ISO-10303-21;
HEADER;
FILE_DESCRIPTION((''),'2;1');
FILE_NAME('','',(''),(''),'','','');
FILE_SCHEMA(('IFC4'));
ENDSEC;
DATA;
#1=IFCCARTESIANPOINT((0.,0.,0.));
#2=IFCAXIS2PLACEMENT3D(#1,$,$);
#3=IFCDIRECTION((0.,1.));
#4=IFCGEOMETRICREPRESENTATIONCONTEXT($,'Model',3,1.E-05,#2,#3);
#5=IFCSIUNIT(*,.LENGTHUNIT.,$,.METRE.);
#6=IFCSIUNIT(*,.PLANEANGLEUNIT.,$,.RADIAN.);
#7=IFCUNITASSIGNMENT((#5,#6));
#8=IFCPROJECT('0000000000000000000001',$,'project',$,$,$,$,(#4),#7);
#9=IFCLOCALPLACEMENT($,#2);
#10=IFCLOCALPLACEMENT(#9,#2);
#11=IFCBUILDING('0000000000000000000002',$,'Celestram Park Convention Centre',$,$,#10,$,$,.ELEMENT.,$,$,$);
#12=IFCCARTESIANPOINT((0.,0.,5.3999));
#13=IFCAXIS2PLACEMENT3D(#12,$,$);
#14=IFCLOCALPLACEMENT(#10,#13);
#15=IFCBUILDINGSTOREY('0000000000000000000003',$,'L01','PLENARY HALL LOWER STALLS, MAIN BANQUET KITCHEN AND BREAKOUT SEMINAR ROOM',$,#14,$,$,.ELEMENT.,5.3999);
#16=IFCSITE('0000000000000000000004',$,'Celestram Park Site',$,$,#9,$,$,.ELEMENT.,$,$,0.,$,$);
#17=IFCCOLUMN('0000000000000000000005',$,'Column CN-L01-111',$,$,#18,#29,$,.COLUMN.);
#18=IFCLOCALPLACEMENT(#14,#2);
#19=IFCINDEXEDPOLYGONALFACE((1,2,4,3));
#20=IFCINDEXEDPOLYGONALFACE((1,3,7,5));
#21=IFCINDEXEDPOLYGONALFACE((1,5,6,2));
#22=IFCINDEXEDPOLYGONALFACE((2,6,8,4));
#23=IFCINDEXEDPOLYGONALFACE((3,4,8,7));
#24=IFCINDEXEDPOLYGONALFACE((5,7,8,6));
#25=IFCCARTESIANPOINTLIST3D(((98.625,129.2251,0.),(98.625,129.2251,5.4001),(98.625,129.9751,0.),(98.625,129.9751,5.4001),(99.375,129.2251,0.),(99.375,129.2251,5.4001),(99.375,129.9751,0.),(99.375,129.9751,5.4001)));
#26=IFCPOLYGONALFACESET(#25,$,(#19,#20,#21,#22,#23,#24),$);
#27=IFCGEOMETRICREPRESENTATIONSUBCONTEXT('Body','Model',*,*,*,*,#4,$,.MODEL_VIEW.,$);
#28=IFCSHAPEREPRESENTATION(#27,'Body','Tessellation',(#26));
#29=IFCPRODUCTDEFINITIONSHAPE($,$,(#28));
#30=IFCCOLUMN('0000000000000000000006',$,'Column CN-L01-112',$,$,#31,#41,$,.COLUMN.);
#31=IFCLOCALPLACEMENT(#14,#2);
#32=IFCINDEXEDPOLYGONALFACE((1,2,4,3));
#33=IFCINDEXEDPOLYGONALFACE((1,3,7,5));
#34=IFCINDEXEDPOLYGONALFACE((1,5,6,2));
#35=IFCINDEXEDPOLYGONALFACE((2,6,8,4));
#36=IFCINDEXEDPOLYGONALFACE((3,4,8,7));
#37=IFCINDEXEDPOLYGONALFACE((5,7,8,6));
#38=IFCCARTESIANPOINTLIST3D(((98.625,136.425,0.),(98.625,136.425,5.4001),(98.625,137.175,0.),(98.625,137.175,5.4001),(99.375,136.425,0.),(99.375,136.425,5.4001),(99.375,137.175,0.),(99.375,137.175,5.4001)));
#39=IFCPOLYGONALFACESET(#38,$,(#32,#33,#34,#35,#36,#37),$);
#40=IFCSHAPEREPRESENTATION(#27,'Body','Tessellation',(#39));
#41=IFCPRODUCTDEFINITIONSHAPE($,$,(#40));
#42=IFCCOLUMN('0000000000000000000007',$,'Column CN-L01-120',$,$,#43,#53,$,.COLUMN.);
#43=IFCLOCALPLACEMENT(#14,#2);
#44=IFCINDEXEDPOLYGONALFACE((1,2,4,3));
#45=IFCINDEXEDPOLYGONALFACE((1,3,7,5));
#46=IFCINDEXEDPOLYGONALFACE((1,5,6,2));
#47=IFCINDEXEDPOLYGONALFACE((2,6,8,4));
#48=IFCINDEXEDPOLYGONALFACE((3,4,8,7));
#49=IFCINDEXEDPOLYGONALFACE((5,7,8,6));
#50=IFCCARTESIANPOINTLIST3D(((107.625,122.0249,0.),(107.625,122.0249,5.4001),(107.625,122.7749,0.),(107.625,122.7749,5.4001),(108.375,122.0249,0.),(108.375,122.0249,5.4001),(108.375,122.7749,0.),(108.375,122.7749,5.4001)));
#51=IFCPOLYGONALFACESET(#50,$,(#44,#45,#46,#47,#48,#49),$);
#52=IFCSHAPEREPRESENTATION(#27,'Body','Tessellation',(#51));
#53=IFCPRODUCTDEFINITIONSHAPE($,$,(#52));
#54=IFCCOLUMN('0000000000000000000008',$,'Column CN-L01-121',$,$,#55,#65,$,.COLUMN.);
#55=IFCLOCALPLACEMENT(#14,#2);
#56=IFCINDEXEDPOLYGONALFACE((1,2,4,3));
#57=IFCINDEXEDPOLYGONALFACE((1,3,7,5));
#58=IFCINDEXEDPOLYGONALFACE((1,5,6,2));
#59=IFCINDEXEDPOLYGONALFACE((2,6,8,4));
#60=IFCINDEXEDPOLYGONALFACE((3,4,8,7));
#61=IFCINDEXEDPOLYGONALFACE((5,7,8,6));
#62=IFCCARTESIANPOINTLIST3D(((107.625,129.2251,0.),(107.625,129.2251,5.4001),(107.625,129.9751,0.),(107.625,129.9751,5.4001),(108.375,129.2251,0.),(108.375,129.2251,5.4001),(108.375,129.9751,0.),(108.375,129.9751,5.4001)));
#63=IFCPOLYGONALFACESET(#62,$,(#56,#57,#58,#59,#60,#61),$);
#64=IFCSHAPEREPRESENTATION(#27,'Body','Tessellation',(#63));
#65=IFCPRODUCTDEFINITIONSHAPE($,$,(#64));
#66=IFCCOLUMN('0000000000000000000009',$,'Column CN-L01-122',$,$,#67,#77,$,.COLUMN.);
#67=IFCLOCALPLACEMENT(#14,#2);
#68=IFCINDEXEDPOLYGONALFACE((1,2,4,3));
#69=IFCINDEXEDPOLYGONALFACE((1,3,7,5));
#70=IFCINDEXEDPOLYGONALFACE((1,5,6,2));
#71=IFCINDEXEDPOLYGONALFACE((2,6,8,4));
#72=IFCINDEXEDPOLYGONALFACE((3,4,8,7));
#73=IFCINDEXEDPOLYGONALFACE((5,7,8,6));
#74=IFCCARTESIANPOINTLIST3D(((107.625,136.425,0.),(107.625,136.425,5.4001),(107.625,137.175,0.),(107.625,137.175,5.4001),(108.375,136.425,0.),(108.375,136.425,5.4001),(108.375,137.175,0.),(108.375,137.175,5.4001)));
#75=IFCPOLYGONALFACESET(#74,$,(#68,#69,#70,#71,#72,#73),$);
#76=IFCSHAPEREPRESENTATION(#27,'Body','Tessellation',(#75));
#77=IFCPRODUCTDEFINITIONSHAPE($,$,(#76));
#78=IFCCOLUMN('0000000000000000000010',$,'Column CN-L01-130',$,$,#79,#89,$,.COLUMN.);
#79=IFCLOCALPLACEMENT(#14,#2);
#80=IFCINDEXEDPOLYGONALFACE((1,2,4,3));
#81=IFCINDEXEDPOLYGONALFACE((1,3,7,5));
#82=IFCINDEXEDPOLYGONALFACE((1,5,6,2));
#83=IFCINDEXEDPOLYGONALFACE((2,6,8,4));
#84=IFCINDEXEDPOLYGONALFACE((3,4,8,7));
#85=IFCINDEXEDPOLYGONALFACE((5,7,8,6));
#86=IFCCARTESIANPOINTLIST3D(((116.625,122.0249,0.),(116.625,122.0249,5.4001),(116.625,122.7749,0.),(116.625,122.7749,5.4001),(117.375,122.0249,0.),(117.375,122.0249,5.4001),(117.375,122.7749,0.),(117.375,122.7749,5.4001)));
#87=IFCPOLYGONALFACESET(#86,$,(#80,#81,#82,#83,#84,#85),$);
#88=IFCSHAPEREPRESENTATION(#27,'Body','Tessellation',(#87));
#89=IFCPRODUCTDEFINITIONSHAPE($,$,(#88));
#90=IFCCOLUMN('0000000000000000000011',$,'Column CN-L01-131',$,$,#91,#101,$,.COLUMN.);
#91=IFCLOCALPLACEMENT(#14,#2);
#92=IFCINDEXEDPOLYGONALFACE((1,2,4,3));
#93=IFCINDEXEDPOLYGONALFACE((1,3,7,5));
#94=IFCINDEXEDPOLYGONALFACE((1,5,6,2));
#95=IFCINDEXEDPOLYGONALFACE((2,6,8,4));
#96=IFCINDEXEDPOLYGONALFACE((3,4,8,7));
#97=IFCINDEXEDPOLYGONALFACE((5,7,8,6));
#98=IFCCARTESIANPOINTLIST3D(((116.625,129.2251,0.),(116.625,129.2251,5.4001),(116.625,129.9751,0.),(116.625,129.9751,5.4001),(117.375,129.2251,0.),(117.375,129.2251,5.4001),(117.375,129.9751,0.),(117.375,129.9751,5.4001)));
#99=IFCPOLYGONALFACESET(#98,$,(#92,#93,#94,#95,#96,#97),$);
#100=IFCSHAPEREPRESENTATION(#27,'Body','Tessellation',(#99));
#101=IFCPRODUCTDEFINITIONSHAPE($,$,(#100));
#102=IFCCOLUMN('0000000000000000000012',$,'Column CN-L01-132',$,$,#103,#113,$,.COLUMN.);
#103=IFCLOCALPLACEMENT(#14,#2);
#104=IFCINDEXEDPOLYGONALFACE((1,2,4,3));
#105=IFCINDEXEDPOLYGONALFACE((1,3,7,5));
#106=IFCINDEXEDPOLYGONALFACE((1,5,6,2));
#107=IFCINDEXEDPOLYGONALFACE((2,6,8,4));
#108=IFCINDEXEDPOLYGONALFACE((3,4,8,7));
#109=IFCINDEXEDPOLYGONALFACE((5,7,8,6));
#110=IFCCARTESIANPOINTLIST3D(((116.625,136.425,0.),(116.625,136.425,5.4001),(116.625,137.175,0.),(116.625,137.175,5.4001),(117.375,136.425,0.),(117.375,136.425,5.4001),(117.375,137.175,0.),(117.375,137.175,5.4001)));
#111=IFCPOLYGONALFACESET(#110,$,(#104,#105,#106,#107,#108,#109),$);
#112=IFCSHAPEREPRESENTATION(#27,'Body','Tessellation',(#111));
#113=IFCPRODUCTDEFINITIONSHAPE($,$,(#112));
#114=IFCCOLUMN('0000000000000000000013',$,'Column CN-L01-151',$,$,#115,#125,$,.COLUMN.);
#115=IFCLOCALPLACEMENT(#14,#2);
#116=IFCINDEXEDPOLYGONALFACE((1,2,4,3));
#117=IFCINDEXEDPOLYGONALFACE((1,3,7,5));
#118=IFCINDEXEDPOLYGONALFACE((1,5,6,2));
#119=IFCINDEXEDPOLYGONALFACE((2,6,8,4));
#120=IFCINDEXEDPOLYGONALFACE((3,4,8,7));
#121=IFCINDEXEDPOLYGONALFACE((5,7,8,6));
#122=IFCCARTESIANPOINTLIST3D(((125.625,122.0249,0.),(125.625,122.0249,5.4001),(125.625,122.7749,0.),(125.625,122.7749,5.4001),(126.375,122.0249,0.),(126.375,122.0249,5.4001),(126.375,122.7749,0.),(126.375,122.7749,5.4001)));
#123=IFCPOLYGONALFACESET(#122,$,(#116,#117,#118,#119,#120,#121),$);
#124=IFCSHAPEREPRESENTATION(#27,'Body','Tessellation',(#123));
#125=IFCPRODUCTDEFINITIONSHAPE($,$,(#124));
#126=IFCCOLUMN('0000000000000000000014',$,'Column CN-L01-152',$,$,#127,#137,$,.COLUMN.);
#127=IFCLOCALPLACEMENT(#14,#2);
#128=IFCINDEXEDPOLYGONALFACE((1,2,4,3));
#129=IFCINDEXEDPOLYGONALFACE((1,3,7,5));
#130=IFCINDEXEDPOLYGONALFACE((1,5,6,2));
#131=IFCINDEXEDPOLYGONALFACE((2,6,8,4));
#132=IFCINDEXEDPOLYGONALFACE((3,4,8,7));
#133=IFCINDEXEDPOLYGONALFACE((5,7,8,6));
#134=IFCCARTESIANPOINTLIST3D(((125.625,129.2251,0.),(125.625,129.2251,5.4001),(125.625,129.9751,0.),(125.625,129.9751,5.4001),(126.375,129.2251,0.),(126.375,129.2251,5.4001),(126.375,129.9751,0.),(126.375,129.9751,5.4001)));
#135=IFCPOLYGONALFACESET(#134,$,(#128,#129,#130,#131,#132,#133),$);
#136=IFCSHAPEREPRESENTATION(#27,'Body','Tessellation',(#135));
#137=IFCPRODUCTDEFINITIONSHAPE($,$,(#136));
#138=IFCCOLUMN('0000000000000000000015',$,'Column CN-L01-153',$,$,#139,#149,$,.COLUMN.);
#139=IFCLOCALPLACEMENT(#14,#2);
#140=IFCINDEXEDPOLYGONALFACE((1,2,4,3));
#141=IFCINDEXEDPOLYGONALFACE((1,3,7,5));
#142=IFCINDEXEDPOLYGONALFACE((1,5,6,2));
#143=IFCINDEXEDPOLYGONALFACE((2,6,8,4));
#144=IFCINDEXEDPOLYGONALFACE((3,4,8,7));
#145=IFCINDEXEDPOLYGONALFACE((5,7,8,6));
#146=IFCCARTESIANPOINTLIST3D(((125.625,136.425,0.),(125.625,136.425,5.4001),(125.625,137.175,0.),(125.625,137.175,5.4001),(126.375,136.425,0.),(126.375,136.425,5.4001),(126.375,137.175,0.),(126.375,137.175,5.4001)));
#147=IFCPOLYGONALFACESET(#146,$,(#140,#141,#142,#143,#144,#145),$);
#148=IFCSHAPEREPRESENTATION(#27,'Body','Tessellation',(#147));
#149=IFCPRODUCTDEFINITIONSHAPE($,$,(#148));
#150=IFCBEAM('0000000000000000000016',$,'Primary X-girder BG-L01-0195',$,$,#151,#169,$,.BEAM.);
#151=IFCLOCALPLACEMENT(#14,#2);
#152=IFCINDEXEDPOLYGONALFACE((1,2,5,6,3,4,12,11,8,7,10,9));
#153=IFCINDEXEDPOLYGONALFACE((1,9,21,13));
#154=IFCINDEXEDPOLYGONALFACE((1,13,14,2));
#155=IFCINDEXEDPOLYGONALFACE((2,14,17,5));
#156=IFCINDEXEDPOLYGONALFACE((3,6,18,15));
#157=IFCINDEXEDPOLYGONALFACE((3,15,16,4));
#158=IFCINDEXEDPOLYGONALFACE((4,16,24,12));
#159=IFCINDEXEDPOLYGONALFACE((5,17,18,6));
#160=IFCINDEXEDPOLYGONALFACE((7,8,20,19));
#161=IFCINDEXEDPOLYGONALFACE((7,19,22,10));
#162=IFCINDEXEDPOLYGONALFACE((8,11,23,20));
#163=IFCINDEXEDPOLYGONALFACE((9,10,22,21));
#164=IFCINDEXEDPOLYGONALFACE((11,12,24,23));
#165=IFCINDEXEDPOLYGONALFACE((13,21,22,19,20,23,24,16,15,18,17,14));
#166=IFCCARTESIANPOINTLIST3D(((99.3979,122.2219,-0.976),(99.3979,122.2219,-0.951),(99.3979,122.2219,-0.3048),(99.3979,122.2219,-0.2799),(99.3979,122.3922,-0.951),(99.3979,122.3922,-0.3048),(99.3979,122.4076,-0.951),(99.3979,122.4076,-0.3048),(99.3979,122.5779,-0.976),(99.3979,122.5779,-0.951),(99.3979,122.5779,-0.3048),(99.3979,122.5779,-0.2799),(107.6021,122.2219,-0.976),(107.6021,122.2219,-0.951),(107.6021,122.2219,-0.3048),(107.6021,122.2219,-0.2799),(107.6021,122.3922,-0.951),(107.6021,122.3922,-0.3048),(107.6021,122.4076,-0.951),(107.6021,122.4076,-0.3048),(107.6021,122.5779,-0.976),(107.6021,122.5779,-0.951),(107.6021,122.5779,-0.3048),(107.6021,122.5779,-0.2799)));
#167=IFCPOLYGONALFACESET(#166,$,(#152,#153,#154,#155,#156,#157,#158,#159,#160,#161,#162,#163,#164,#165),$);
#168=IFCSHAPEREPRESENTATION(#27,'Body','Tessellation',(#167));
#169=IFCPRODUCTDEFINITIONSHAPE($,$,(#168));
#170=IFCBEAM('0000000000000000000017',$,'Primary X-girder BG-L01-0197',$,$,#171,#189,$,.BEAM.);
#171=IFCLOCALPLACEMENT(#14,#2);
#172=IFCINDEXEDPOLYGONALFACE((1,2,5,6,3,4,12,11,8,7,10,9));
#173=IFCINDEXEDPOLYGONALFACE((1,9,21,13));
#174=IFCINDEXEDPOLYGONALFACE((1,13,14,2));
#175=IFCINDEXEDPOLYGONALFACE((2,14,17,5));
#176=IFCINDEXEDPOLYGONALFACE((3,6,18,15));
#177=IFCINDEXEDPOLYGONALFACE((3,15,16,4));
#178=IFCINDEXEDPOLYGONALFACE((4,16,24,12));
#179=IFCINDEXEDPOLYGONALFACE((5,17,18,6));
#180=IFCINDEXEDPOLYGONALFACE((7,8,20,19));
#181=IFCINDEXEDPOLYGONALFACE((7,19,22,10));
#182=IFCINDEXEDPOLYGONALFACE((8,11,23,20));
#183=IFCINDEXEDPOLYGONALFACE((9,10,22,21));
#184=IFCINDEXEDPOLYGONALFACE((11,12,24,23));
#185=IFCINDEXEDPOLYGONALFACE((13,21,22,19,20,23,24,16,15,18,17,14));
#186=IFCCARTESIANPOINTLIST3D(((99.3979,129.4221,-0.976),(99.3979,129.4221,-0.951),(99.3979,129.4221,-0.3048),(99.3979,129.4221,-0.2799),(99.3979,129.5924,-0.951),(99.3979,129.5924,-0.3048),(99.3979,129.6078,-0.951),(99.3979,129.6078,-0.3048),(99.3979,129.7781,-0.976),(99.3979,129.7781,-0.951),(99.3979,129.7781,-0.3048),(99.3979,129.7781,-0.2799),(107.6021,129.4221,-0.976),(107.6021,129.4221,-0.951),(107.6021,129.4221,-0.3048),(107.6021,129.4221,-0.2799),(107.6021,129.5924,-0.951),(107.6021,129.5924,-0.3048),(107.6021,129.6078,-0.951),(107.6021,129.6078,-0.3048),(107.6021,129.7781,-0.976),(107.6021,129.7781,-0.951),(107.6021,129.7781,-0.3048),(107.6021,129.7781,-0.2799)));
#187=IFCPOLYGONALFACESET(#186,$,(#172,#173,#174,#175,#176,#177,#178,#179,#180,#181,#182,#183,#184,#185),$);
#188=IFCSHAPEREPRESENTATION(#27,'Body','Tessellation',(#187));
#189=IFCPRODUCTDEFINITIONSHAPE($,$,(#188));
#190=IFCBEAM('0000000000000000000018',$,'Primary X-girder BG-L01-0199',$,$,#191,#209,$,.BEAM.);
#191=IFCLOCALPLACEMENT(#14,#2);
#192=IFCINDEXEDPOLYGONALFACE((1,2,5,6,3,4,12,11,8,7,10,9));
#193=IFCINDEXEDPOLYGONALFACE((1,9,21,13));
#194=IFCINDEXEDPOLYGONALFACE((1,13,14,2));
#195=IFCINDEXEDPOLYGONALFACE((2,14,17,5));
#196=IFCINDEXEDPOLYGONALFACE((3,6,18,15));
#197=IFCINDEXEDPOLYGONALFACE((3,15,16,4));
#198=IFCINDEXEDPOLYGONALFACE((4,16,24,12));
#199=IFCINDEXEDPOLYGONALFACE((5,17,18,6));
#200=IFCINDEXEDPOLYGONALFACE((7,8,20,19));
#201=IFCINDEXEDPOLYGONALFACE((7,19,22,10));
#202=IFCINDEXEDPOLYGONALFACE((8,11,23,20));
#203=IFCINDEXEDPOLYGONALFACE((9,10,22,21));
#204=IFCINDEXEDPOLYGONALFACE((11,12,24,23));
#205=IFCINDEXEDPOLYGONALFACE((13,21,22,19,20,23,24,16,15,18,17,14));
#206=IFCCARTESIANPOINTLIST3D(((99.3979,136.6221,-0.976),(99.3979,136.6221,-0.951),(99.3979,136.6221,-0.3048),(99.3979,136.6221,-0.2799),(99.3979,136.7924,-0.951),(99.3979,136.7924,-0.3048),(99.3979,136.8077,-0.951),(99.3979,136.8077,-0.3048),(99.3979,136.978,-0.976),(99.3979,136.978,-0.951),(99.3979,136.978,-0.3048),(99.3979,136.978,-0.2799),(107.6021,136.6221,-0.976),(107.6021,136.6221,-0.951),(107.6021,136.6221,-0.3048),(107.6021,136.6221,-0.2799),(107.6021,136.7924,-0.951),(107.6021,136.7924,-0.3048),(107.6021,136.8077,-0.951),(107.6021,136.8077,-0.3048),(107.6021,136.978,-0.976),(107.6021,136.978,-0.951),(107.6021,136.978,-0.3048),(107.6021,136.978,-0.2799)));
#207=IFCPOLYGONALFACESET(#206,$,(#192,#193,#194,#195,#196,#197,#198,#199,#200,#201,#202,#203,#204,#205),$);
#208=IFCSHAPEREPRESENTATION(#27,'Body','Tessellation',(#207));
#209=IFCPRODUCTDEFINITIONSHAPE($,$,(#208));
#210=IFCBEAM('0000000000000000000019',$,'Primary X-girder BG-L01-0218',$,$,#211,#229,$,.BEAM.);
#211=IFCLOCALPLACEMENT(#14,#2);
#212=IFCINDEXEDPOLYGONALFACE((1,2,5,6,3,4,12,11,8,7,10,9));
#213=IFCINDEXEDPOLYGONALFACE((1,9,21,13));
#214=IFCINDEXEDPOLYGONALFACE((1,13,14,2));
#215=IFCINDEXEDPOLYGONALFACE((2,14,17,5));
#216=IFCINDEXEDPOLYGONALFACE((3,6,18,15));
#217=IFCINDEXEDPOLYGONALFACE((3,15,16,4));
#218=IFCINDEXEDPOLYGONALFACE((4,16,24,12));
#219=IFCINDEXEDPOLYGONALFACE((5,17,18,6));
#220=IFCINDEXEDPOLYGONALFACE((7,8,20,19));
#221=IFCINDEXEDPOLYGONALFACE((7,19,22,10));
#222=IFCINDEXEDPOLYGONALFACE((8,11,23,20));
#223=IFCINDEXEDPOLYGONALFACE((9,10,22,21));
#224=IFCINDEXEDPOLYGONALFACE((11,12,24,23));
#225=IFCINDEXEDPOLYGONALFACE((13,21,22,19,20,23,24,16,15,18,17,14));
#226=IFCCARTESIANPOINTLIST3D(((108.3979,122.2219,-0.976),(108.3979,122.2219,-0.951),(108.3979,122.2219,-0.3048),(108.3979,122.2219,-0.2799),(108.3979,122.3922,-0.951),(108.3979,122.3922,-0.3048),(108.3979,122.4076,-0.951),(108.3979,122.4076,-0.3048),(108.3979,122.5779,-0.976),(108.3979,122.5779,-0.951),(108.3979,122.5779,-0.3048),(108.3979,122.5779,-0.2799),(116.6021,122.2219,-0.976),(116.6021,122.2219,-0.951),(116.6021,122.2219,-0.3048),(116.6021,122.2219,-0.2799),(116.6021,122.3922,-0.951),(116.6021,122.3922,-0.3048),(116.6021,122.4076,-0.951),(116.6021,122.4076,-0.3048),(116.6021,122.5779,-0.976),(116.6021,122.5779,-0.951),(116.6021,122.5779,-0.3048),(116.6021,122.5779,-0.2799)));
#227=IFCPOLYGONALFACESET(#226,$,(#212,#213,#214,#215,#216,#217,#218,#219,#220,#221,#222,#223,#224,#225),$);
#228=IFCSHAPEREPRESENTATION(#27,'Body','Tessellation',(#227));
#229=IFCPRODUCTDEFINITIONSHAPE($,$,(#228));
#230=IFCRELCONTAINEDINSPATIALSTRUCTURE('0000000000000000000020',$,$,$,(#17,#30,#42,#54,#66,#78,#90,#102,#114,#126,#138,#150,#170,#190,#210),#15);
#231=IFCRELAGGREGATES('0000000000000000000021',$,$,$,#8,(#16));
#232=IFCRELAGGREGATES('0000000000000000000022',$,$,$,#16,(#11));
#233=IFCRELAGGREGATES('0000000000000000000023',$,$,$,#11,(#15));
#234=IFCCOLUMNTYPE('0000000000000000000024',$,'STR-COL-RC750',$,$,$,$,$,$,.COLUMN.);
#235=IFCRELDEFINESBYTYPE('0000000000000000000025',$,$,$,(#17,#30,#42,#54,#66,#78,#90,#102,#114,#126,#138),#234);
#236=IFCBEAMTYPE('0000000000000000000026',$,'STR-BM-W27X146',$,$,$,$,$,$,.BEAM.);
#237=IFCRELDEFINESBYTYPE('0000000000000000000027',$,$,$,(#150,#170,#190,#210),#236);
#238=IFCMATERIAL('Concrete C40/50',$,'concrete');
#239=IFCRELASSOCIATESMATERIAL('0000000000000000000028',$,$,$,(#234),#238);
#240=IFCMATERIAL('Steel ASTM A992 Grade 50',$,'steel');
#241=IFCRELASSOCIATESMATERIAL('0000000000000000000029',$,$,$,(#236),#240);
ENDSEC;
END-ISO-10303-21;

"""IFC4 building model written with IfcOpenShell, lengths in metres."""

from ifc_helpers import new_model, si_unit, direction, frame, origin, origin_2d, place, context, subcontext, project, spatial, rectangle, i_section, extrude, material, material_profile, profile_set, type_object, element, save


model = new_model("IFC4")

# Units and contexts
model_context = context("Model", 3, precision=1e-05, world=origin(), true_north=direction((0.0, 1.0)))
body_context = subcontext(model_context, "Body", "Model", "MODEL_VIEW")
ifc_project = project(units=[si_unit("LENGTHUNIT", "METRE"), si_unit("PLANEANGLEUNIT", "RADIAN")], contexts=[model_context])

# Site, building, storey
site_placement = place(None, origin())
site = spatial("IfcSite", under=ifc_project, at=site_placement, Name="Celestram Park Site", CompositionType="ELEMENT", RefElevation=0.0)
building_placement = place(site_placement, origin())
building = spatial("IfcBuilding", under=site, at=building_placement, Name="Celestram Park Convention Centre", CompositionType="ELEMENT")
storey_placement = place(building_placement, frame((0.0, 0.0, 5.3999)))
storey = spatial("IfcBuildingStorey", under=building, at=storey_placement, Name="L01", Description="PLENARY HALL LOWER STALLS, MAIN BANQUET KITCHEN AND BREAKOUT SEMINAR ROOM", CompositionType="ELEMENT", Elevation=5.3999)

# Columns
ifc_material_1 = material(Name="Concrete C40/50", Category="concrete")
ifc_material_profile_1 = material_profile(ifc_material_1, rectangle(XDim=0.75, YDim=0.75, at=origin_2d()), Name="RC750X750")
ifc_profile_set_1 = profile_set([ifc_material_profile_1], Name="Concrete C40/50")
column_type = type_object("IfcColumnType", Name="STR-COL-RC750", PredefinedType="COLUMN", material=ifc_profile_set_1)
for number, where, z_axis, x_axis, name in (
    (1, (99.0, 129.6001, 0.0), (0.0, 0.0, 1.0), (1.0, 0.0, 0.0), "Column CN-L01-111"),
    (2, (99.0, 136.8, 0.0), (0.0, 0.0, 1.0), (1.0, 0.0, 0.0), "Column CN-L01-112"),
    (3, (108.0, 122.3999, 0.0), (0.0, 0.0, 1.0), (1.0, 0.0, 0.0), "Column CN-L01-120"),
    (4, (108.0, 129.6001, 0.0), (0.0, 0.0, 1.0), (1.0, 0.0, 0.0), "Column CN-L01-121"),
    (5, (108.0, 136.8, 0.0), (0.0, 0.0, 1.0), (1.0, 0.0, 0.0), "Column CN-L01-122"),
    (6, (117.0, 122.3999, 0.0), (0.0, 0.0, 1.0), (1.0, 0.0, 0.0), "Column CN-L01-130"),
    (7, (117.0, 129.6001, 0.0), (0.0, 0.0, 1.0), (1.0, 0.0, 0.0), "Column CN-L01-131"),
    (8, (117.0, 136.8, 0.0), (0.0, 0.0, 1.0), (1.0, 0.0, 0.0), "Column CN-L01-132"),
    (9, (126.0, 122.3999, 0.0), (0.0, 0.0, 1.0), (1.0, 0.0, 0.0), "Column CN-L01-151"),
    (10, (126.0, 129.6001, 0.0), (0.0, 0.0, 1.0), (1.0, 0.0, 0.0), "Column CN-L01-152"),
    (11, (126.0, 136.8, 0.0), (0.0, 0.0, 1.0), (1.0, 0.0, 0.0), "Column CN-L01-153"),
):
    element("IfcColumn", number, at=place(storey_placement, frame(where, z_axis=z_axis, x_axis=x_axis)), inside=storey, type_object=column_type, Name=name, PredefinedType="COLUMN", context=body_context, shape_type="SweptSolid", body=[
        extrude(rectangle(XDim=0.75, YDim=0.75, at=origin_2d()), origin(), (0.0, 0.0, 1.0), 5.4001),
    ])

# Beams
ifc_material_2 = material(Name="Steel ASTM A992 Grade 50", Category="steel")
ifc_material_profile_2 = material_profile(ifc_material_2, i_section(OverallWidth=0.356, OverallDepth=0.696, WebThickness=0.0154, FlangeThickness=0.0249, at=origin_2d()), Name="W27X146")
ifc_profile_set_2 = profile_set([ifc_material_profile_2], Name="Steel ASTM A992 Grade 50")
beam_type_1 = type_object("IfcBeamType", Name="STR-BM-W27X146", PredefinedType="BEAM", material=ifc_profile_set_2)
for number, where, z_axis, x_axis, name in (
    (12, (99.3979, 122.3999, -0.6279), (1.0, 0.0, 0.0), (0.0, 1.0, 0.0), "Primary X-girder BG-L01-0195"),
    (13, (99.3979, 129.6001, -0.6279), (1.0, 0.0, 0.0), (0.0, 1.0, 0.0), "Primary X-girder BG-L01-0197"),
    (14, (99.3979, 136.8, -0.6279), (1.0, 0.0, 0.0), (0.0, 1.0, 0.0), "Primary X-girder BG-L01-0199"),
    (15, (108.3979, 122.3999, -0.6279), (1.0, 0.0, 0.0), (0.0, 1.0, 0.0), "Primary X-girder BG-L01-0218"),
):
    element("IfcBeam", number, at=place(storey_placement, frame(where, z_axis=z_axis, x_axis=x_axis)), inside=storey, type_object=beam_type_1, Name=name, PredefinedType="BEAM", context=body_context, shape_type="SweptSolid", body=[
        extrude(i_section(OverallWidth=0.356, OverallDepth=0.696, WebThickness=0.0154, FlangeThickness=0.0249, at=origin_2d()), origin(), (0.0, 0.0, 1.0), 8.2041),
    ])

save(model, "model.ifc")
